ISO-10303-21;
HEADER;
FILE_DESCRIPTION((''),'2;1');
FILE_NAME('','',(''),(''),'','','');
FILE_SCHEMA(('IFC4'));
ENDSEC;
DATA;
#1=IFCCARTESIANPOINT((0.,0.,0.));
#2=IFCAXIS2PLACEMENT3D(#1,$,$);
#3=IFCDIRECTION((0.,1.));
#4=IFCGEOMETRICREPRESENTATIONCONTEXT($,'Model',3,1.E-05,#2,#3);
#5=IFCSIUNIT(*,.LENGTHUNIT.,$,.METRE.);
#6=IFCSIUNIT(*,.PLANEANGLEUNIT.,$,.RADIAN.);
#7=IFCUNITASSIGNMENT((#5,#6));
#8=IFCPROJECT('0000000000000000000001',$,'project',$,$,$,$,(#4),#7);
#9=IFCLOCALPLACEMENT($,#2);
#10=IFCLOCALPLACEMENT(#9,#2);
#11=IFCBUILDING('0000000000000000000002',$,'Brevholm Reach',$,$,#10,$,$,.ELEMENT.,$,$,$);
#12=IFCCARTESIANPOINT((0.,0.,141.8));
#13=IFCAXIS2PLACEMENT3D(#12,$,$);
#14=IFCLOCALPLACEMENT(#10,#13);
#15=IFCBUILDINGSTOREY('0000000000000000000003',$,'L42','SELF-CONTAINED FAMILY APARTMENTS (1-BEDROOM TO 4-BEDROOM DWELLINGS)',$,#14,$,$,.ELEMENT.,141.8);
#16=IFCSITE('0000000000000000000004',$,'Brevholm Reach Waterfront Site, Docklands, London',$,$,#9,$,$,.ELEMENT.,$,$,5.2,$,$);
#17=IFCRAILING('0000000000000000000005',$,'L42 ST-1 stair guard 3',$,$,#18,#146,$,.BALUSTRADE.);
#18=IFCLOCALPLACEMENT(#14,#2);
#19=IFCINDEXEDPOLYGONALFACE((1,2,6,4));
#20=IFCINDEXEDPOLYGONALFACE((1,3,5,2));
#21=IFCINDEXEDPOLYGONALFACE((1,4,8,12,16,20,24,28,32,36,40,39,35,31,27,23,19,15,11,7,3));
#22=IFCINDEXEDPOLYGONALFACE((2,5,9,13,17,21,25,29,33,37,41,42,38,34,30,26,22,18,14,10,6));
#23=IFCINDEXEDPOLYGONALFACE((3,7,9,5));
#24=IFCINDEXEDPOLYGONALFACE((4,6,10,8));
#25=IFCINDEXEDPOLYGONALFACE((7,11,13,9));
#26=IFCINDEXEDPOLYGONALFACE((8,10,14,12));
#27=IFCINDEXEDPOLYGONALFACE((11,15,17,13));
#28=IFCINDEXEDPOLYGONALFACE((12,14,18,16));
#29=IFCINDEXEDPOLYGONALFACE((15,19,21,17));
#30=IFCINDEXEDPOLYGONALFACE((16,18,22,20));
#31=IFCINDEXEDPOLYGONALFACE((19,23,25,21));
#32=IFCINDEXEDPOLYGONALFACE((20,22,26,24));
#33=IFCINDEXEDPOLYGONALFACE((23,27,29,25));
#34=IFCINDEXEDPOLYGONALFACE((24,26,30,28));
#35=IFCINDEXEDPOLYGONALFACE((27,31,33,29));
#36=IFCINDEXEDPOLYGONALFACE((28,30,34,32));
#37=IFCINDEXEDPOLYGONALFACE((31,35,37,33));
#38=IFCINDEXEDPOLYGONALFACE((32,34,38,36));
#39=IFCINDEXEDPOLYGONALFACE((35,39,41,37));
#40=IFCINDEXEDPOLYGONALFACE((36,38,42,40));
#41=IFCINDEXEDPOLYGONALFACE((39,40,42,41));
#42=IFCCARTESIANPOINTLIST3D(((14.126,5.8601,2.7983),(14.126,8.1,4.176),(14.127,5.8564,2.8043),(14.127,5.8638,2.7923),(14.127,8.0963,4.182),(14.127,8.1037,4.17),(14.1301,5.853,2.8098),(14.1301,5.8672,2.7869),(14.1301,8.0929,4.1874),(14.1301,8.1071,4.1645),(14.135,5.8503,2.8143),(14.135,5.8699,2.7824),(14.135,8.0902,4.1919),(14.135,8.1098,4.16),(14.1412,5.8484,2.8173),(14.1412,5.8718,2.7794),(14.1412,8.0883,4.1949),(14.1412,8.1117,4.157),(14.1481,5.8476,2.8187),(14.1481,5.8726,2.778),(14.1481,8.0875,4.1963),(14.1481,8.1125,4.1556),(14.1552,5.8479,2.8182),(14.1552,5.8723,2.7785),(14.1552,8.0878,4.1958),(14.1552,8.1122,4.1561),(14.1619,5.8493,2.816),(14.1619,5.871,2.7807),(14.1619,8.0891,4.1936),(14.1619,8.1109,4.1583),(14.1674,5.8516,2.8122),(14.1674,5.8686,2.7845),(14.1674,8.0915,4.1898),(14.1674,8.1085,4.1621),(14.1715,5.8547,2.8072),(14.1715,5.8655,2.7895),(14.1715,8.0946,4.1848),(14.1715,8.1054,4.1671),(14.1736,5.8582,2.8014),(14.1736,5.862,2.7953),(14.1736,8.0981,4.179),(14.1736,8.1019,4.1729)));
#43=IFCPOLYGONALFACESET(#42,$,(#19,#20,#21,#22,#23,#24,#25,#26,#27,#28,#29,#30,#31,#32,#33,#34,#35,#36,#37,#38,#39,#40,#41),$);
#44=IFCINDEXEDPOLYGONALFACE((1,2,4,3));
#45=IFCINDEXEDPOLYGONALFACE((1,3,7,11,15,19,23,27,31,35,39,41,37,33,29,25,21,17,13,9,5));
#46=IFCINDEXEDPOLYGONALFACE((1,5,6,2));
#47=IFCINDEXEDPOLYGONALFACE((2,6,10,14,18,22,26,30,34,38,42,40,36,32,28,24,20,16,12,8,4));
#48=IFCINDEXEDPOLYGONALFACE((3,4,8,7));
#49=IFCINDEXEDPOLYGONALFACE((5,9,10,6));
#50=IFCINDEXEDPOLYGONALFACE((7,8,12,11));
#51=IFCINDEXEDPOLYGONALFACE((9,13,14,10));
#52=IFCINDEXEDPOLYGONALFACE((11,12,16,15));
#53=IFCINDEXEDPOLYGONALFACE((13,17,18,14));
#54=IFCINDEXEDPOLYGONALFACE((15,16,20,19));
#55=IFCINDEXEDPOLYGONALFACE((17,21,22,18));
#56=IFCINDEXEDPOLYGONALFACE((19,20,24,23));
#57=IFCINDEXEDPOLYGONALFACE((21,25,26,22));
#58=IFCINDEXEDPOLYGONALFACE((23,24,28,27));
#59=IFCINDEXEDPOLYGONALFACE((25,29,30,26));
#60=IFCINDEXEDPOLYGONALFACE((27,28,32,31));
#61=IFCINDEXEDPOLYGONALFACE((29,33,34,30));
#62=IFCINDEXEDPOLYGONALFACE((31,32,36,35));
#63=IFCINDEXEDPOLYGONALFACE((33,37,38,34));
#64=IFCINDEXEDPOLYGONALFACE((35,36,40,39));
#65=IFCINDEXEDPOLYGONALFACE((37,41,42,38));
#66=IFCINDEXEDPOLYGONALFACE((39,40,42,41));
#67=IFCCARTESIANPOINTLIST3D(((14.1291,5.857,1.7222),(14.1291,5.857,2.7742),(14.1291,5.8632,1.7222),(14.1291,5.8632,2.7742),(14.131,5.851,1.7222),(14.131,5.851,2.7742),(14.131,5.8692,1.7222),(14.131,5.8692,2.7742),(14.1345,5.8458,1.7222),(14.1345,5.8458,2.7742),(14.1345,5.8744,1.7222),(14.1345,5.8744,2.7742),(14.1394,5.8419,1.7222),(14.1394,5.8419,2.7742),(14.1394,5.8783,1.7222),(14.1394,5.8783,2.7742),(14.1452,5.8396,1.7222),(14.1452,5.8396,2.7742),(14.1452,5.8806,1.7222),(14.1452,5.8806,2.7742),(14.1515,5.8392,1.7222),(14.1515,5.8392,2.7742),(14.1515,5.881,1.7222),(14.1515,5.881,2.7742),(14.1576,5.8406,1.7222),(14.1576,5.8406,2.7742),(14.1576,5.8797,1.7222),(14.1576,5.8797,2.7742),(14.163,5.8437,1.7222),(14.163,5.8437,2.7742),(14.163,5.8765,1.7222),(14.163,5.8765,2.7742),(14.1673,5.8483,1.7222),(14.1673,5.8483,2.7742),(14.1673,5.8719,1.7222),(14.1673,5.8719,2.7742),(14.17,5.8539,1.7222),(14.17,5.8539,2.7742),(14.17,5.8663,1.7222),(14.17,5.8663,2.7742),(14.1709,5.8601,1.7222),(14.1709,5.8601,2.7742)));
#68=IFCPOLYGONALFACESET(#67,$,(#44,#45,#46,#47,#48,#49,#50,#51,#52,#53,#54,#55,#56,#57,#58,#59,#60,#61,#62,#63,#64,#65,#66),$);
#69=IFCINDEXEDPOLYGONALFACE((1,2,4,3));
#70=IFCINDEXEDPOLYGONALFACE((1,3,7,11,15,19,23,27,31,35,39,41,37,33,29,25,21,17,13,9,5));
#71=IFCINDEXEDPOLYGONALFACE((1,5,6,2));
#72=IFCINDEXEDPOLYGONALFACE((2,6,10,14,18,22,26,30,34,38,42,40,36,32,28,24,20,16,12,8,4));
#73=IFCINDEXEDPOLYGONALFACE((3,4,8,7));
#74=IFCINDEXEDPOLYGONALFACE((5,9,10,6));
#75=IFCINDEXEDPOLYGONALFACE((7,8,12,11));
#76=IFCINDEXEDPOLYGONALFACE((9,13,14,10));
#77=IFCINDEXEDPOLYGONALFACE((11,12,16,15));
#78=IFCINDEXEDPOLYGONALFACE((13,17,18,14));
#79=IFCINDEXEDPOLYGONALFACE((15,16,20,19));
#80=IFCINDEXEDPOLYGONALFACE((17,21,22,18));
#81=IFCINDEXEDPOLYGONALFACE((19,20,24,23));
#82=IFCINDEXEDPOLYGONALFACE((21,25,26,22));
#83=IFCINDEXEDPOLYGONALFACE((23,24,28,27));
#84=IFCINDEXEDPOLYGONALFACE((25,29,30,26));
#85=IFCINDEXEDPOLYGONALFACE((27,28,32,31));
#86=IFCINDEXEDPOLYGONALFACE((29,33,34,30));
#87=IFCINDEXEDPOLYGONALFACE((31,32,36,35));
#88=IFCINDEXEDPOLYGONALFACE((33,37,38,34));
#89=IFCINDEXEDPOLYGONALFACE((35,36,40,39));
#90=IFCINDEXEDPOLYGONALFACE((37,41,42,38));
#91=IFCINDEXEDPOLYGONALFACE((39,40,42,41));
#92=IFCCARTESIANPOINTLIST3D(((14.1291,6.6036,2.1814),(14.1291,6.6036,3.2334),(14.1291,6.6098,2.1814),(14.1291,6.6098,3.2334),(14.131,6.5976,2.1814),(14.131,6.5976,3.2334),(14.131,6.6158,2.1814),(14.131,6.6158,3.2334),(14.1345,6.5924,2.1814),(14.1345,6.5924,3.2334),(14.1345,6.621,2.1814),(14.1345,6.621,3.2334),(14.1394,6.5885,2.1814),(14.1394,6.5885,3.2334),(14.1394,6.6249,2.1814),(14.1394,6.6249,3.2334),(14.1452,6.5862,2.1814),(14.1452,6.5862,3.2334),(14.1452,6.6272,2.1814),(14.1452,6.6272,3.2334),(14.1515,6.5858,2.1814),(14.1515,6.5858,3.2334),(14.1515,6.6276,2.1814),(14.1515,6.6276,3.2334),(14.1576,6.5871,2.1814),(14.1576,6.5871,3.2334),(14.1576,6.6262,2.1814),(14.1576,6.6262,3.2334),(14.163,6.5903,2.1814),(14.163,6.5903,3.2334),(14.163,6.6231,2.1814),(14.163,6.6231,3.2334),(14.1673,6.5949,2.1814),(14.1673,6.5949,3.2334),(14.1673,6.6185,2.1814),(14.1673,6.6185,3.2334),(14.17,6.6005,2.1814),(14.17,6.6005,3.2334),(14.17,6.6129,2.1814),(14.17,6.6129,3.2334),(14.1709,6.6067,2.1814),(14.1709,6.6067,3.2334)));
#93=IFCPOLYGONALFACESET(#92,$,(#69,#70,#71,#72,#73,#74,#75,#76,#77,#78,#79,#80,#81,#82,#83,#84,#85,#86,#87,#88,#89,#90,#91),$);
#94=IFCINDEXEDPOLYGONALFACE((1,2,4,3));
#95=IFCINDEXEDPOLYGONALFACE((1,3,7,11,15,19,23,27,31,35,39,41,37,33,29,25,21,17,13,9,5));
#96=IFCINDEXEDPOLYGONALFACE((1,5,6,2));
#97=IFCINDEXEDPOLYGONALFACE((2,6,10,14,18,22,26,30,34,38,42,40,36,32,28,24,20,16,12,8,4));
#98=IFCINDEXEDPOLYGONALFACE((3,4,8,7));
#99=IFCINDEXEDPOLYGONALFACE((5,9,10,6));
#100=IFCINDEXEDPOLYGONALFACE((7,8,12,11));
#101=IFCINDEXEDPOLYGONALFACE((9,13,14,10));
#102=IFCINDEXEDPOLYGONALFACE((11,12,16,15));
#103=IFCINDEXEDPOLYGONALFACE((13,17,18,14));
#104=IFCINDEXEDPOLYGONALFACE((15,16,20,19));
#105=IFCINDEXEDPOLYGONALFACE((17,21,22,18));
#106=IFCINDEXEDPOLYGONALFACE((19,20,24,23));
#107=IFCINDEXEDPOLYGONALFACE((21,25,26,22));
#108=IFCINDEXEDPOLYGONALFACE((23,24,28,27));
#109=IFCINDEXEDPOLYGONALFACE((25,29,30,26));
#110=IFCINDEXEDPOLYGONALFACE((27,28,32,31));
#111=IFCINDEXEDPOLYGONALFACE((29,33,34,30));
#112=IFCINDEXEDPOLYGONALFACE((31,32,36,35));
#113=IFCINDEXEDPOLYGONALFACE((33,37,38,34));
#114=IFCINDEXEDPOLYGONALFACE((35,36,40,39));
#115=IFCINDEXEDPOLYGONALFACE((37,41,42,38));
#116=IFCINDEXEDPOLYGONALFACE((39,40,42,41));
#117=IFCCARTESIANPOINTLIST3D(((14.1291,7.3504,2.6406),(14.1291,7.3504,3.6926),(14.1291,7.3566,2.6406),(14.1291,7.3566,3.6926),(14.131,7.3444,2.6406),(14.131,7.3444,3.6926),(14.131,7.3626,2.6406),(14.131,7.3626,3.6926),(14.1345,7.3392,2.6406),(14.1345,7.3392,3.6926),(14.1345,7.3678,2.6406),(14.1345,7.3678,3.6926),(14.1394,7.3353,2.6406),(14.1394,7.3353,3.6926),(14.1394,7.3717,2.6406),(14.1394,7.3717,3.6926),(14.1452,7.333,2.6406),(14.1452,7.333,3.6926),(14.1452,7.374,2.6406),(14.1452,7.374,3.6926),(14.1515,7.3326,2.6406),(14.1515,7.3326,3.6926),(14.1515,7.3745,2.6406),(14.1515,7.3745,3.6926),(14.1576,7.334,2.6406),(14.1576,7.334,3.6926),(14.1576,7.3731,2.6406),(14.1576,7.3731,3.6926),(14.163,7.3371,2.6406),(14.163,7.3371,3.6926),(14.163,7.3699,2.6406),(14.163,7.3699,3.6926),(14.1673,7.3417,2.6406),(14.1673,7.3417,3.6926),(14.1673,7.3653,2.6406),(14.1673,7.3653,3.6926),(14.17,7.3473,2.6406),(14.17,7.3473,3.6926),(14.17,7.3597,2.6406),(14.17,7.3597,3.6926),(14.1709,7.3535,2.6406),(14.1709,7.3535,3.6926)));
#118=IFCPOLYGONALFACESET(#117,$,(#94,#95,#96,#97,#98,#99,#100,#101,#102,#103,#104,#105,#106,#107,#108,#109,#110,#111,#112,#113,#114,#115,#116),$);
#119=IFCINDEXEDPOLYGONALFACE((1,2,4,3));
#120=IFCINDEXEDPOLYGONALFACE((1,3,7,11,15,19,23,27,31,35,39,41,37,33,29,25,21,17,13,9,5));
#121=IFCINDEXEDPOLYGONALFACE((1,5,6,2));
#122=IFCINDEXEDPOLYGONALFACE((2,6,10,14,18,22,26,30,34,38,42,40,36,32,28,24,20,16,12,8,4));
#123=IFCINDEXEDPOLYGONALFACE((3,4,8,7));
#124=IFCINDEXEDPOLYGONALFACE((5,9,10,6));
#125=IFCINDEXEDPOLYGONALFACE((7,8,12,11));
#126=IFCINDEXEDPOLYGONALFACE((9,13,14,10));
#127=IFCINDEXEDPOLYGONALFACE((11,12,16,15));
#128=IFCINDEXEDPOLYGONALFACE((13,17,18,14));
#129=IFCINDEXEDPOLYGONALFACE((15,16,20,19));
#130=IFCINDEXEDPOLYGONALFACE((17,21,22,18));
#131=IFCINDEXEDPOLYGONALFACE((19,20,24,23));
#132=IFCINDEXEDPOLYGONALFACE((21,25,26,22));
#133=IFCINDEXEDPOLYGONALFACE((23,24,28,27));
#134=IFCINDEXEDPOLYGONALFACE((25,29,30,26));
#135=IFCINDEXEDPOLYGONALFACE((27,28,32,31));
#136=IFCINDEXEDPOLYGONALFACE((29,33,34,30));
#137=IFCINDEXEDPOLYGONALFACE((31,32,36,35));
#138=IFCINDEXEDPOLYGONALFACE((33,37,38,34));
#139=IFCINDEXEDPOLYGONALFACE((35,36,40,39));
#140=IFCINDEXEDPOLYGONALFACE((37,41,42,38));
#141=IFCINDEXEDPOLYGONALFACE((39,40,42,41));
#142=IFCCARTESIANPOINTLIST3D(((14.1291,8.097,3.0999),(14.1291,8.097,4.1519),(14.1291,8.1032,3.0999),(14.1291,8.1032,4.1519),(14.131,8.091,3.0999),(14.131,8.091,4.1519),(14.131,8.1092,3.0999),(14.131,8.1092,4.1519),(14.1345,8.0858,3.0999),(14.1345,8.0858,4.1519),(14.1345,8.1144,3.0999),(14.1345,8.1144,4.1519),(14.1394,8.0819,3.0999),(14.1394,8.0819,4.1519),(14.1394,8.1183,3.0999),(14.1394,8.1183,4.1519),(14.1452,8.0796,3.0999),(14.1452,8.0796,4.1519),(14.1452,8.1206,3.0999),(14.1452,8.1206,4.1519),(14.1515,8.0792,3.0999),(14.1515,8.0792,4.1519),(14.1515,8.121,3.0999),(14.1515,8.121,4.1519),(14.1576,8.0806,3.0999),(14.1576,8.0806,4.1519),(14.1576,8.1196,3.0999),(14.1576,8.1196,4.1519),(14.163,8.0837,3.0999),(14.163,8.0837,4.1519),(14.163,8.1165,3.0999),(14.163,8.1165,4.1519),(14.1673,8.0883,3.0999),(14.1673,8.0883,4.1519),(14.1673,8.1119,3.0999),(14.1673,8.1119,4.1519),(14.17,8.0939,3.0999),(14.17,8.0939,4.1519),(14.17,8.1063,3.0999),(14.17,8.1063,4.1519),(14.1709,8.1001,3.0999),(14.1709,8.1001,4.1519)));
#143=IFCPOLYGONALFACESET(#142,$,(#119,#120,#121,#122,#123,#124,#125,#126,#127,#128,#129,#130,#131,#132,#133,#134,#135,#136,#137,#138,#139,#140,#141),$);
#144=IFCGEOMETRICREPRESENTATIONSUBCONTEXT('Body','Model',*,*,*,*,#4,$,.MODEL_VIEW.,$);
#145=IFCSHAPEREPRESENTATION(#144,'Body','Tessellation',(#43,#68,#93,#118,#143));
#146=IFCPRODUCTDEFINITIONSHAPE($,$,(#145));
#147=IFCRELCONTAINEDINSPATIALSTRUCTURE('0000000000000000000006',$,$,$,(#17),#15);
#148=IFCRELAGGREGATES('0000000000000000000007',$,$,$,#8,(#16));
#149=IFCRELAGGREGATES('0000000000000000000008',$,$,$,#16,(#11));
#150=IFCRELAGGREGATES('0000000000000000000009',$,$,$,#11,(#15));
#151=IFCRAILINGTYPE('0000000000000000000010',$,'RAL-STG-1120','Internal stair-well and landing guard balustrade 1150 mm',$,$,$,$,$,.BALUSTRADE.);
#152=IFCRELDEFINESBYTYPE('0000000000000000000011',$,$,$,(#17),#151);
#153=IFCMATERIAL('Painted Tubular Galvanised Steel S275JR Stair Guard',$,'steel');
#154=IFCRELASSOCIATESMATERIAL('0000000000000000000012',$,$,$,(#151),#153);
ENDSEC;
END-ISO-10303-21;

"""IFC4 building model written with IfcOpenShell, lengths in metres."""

from ifc_helpers import new_model, si_unit, direction, frame, origin, origin_2d, place, context, subcontext, project, spatial, circle, extrude, material, type_object, element, save


model = new_model("IFC4")

# Units and contexts
model_context = context("Model", 3, precision=1e-05, world=origin(), true_north=direction((0.0, 1.0)))
body_context = subcontext(model_context, "Body", "Model", "MODEL_VIEW")
ifc_project = project(units=[si_unit("LENGTHUNIT", "METRE"), si_unit("PLANEANGLEUNIT", "RADIAN")], contexts=[model_context])

# Site, building, storey
site_placement = place(None, origin())
site = spatial("IfcSite", under=ifc_project, at=site_placement, Name="Brevholm Reach Waterfront Site, Docklands, London", CompositionType="ELEMENT", RefElevation=5.2)
building_placement = place(site_placement, origin())
building = spatial("IfcBuilding", under=site, at=building_placement, Name="Brevholm Reach", CompositionType="ELEMENT")
storey_placement = place(building_placement, frame((0.0, 0.0, 141.8)))
storey = spatial("IfcBuildingStorey", under=building, at=storey_placement, Name="L42", Description="SELF-CONTAINED FAMILY APARTMENTS (1-BEDROOM TO 4-BEDROOM DWELLINGS)", CompositionType="ELEMENT", Elevation=141.8)

# Railing
ifc_material_1 = material(Name="Painted Tubular Galvanised Steel S275JR Stair Guard", Category="steel")
railing_type_1 = type_object("IfcRailingType", Name="RAL-STG-1120", Description="Internal stair-well and landing guard balustrade 1150 mm", PredefinedType="BALUSTRADE", material=ifc_material_1)
railing_1_placement = place(storey_placement, frame((14.1499, 5.8601, 1.7222)))
element("IfcRailing", 1, at=railing_1_placement, inside=storey, type_object=railing_type_1, Name="L42 ST-1 stair guard 3", PredefinedType="BALUSTRADE", context=body_context, shape_type="SweptSolid", body=[
    extrude(circle(Radius=0.0239, at=origin_2d()), frame((0.0, 0.0, 1.0762), z_axis=(0.0, 0.851789, 0.523885), x_axis=(-1.0, 0.0, 0.0)), (0.0, 0.0, 1.0), 2.6296),
    extrude(circle(Radius=0.021, at=origin_2d()), origin(), (0.0, 0.0, 1.0), 1.052),
    extrude(circle(Radius=0.021, at=origin_2d()), frame((0.0, 0.7466, 0.4592)), (0.0, 0.0, 1.0), 1.052),
    extrude(circle(Radius=0.021, at=origin_2d()), frame((0.0, 1.4934, 0.9185)), (0.0, 0.0, 1.0), 1.052),
    extrude(circle(Radius=0.021, at=origin_2d()), frame((0.0, 2.24, 1.3777)), (0.0, 0.0, 1.0), 1.052),
])

save(model, "model.ifc")
